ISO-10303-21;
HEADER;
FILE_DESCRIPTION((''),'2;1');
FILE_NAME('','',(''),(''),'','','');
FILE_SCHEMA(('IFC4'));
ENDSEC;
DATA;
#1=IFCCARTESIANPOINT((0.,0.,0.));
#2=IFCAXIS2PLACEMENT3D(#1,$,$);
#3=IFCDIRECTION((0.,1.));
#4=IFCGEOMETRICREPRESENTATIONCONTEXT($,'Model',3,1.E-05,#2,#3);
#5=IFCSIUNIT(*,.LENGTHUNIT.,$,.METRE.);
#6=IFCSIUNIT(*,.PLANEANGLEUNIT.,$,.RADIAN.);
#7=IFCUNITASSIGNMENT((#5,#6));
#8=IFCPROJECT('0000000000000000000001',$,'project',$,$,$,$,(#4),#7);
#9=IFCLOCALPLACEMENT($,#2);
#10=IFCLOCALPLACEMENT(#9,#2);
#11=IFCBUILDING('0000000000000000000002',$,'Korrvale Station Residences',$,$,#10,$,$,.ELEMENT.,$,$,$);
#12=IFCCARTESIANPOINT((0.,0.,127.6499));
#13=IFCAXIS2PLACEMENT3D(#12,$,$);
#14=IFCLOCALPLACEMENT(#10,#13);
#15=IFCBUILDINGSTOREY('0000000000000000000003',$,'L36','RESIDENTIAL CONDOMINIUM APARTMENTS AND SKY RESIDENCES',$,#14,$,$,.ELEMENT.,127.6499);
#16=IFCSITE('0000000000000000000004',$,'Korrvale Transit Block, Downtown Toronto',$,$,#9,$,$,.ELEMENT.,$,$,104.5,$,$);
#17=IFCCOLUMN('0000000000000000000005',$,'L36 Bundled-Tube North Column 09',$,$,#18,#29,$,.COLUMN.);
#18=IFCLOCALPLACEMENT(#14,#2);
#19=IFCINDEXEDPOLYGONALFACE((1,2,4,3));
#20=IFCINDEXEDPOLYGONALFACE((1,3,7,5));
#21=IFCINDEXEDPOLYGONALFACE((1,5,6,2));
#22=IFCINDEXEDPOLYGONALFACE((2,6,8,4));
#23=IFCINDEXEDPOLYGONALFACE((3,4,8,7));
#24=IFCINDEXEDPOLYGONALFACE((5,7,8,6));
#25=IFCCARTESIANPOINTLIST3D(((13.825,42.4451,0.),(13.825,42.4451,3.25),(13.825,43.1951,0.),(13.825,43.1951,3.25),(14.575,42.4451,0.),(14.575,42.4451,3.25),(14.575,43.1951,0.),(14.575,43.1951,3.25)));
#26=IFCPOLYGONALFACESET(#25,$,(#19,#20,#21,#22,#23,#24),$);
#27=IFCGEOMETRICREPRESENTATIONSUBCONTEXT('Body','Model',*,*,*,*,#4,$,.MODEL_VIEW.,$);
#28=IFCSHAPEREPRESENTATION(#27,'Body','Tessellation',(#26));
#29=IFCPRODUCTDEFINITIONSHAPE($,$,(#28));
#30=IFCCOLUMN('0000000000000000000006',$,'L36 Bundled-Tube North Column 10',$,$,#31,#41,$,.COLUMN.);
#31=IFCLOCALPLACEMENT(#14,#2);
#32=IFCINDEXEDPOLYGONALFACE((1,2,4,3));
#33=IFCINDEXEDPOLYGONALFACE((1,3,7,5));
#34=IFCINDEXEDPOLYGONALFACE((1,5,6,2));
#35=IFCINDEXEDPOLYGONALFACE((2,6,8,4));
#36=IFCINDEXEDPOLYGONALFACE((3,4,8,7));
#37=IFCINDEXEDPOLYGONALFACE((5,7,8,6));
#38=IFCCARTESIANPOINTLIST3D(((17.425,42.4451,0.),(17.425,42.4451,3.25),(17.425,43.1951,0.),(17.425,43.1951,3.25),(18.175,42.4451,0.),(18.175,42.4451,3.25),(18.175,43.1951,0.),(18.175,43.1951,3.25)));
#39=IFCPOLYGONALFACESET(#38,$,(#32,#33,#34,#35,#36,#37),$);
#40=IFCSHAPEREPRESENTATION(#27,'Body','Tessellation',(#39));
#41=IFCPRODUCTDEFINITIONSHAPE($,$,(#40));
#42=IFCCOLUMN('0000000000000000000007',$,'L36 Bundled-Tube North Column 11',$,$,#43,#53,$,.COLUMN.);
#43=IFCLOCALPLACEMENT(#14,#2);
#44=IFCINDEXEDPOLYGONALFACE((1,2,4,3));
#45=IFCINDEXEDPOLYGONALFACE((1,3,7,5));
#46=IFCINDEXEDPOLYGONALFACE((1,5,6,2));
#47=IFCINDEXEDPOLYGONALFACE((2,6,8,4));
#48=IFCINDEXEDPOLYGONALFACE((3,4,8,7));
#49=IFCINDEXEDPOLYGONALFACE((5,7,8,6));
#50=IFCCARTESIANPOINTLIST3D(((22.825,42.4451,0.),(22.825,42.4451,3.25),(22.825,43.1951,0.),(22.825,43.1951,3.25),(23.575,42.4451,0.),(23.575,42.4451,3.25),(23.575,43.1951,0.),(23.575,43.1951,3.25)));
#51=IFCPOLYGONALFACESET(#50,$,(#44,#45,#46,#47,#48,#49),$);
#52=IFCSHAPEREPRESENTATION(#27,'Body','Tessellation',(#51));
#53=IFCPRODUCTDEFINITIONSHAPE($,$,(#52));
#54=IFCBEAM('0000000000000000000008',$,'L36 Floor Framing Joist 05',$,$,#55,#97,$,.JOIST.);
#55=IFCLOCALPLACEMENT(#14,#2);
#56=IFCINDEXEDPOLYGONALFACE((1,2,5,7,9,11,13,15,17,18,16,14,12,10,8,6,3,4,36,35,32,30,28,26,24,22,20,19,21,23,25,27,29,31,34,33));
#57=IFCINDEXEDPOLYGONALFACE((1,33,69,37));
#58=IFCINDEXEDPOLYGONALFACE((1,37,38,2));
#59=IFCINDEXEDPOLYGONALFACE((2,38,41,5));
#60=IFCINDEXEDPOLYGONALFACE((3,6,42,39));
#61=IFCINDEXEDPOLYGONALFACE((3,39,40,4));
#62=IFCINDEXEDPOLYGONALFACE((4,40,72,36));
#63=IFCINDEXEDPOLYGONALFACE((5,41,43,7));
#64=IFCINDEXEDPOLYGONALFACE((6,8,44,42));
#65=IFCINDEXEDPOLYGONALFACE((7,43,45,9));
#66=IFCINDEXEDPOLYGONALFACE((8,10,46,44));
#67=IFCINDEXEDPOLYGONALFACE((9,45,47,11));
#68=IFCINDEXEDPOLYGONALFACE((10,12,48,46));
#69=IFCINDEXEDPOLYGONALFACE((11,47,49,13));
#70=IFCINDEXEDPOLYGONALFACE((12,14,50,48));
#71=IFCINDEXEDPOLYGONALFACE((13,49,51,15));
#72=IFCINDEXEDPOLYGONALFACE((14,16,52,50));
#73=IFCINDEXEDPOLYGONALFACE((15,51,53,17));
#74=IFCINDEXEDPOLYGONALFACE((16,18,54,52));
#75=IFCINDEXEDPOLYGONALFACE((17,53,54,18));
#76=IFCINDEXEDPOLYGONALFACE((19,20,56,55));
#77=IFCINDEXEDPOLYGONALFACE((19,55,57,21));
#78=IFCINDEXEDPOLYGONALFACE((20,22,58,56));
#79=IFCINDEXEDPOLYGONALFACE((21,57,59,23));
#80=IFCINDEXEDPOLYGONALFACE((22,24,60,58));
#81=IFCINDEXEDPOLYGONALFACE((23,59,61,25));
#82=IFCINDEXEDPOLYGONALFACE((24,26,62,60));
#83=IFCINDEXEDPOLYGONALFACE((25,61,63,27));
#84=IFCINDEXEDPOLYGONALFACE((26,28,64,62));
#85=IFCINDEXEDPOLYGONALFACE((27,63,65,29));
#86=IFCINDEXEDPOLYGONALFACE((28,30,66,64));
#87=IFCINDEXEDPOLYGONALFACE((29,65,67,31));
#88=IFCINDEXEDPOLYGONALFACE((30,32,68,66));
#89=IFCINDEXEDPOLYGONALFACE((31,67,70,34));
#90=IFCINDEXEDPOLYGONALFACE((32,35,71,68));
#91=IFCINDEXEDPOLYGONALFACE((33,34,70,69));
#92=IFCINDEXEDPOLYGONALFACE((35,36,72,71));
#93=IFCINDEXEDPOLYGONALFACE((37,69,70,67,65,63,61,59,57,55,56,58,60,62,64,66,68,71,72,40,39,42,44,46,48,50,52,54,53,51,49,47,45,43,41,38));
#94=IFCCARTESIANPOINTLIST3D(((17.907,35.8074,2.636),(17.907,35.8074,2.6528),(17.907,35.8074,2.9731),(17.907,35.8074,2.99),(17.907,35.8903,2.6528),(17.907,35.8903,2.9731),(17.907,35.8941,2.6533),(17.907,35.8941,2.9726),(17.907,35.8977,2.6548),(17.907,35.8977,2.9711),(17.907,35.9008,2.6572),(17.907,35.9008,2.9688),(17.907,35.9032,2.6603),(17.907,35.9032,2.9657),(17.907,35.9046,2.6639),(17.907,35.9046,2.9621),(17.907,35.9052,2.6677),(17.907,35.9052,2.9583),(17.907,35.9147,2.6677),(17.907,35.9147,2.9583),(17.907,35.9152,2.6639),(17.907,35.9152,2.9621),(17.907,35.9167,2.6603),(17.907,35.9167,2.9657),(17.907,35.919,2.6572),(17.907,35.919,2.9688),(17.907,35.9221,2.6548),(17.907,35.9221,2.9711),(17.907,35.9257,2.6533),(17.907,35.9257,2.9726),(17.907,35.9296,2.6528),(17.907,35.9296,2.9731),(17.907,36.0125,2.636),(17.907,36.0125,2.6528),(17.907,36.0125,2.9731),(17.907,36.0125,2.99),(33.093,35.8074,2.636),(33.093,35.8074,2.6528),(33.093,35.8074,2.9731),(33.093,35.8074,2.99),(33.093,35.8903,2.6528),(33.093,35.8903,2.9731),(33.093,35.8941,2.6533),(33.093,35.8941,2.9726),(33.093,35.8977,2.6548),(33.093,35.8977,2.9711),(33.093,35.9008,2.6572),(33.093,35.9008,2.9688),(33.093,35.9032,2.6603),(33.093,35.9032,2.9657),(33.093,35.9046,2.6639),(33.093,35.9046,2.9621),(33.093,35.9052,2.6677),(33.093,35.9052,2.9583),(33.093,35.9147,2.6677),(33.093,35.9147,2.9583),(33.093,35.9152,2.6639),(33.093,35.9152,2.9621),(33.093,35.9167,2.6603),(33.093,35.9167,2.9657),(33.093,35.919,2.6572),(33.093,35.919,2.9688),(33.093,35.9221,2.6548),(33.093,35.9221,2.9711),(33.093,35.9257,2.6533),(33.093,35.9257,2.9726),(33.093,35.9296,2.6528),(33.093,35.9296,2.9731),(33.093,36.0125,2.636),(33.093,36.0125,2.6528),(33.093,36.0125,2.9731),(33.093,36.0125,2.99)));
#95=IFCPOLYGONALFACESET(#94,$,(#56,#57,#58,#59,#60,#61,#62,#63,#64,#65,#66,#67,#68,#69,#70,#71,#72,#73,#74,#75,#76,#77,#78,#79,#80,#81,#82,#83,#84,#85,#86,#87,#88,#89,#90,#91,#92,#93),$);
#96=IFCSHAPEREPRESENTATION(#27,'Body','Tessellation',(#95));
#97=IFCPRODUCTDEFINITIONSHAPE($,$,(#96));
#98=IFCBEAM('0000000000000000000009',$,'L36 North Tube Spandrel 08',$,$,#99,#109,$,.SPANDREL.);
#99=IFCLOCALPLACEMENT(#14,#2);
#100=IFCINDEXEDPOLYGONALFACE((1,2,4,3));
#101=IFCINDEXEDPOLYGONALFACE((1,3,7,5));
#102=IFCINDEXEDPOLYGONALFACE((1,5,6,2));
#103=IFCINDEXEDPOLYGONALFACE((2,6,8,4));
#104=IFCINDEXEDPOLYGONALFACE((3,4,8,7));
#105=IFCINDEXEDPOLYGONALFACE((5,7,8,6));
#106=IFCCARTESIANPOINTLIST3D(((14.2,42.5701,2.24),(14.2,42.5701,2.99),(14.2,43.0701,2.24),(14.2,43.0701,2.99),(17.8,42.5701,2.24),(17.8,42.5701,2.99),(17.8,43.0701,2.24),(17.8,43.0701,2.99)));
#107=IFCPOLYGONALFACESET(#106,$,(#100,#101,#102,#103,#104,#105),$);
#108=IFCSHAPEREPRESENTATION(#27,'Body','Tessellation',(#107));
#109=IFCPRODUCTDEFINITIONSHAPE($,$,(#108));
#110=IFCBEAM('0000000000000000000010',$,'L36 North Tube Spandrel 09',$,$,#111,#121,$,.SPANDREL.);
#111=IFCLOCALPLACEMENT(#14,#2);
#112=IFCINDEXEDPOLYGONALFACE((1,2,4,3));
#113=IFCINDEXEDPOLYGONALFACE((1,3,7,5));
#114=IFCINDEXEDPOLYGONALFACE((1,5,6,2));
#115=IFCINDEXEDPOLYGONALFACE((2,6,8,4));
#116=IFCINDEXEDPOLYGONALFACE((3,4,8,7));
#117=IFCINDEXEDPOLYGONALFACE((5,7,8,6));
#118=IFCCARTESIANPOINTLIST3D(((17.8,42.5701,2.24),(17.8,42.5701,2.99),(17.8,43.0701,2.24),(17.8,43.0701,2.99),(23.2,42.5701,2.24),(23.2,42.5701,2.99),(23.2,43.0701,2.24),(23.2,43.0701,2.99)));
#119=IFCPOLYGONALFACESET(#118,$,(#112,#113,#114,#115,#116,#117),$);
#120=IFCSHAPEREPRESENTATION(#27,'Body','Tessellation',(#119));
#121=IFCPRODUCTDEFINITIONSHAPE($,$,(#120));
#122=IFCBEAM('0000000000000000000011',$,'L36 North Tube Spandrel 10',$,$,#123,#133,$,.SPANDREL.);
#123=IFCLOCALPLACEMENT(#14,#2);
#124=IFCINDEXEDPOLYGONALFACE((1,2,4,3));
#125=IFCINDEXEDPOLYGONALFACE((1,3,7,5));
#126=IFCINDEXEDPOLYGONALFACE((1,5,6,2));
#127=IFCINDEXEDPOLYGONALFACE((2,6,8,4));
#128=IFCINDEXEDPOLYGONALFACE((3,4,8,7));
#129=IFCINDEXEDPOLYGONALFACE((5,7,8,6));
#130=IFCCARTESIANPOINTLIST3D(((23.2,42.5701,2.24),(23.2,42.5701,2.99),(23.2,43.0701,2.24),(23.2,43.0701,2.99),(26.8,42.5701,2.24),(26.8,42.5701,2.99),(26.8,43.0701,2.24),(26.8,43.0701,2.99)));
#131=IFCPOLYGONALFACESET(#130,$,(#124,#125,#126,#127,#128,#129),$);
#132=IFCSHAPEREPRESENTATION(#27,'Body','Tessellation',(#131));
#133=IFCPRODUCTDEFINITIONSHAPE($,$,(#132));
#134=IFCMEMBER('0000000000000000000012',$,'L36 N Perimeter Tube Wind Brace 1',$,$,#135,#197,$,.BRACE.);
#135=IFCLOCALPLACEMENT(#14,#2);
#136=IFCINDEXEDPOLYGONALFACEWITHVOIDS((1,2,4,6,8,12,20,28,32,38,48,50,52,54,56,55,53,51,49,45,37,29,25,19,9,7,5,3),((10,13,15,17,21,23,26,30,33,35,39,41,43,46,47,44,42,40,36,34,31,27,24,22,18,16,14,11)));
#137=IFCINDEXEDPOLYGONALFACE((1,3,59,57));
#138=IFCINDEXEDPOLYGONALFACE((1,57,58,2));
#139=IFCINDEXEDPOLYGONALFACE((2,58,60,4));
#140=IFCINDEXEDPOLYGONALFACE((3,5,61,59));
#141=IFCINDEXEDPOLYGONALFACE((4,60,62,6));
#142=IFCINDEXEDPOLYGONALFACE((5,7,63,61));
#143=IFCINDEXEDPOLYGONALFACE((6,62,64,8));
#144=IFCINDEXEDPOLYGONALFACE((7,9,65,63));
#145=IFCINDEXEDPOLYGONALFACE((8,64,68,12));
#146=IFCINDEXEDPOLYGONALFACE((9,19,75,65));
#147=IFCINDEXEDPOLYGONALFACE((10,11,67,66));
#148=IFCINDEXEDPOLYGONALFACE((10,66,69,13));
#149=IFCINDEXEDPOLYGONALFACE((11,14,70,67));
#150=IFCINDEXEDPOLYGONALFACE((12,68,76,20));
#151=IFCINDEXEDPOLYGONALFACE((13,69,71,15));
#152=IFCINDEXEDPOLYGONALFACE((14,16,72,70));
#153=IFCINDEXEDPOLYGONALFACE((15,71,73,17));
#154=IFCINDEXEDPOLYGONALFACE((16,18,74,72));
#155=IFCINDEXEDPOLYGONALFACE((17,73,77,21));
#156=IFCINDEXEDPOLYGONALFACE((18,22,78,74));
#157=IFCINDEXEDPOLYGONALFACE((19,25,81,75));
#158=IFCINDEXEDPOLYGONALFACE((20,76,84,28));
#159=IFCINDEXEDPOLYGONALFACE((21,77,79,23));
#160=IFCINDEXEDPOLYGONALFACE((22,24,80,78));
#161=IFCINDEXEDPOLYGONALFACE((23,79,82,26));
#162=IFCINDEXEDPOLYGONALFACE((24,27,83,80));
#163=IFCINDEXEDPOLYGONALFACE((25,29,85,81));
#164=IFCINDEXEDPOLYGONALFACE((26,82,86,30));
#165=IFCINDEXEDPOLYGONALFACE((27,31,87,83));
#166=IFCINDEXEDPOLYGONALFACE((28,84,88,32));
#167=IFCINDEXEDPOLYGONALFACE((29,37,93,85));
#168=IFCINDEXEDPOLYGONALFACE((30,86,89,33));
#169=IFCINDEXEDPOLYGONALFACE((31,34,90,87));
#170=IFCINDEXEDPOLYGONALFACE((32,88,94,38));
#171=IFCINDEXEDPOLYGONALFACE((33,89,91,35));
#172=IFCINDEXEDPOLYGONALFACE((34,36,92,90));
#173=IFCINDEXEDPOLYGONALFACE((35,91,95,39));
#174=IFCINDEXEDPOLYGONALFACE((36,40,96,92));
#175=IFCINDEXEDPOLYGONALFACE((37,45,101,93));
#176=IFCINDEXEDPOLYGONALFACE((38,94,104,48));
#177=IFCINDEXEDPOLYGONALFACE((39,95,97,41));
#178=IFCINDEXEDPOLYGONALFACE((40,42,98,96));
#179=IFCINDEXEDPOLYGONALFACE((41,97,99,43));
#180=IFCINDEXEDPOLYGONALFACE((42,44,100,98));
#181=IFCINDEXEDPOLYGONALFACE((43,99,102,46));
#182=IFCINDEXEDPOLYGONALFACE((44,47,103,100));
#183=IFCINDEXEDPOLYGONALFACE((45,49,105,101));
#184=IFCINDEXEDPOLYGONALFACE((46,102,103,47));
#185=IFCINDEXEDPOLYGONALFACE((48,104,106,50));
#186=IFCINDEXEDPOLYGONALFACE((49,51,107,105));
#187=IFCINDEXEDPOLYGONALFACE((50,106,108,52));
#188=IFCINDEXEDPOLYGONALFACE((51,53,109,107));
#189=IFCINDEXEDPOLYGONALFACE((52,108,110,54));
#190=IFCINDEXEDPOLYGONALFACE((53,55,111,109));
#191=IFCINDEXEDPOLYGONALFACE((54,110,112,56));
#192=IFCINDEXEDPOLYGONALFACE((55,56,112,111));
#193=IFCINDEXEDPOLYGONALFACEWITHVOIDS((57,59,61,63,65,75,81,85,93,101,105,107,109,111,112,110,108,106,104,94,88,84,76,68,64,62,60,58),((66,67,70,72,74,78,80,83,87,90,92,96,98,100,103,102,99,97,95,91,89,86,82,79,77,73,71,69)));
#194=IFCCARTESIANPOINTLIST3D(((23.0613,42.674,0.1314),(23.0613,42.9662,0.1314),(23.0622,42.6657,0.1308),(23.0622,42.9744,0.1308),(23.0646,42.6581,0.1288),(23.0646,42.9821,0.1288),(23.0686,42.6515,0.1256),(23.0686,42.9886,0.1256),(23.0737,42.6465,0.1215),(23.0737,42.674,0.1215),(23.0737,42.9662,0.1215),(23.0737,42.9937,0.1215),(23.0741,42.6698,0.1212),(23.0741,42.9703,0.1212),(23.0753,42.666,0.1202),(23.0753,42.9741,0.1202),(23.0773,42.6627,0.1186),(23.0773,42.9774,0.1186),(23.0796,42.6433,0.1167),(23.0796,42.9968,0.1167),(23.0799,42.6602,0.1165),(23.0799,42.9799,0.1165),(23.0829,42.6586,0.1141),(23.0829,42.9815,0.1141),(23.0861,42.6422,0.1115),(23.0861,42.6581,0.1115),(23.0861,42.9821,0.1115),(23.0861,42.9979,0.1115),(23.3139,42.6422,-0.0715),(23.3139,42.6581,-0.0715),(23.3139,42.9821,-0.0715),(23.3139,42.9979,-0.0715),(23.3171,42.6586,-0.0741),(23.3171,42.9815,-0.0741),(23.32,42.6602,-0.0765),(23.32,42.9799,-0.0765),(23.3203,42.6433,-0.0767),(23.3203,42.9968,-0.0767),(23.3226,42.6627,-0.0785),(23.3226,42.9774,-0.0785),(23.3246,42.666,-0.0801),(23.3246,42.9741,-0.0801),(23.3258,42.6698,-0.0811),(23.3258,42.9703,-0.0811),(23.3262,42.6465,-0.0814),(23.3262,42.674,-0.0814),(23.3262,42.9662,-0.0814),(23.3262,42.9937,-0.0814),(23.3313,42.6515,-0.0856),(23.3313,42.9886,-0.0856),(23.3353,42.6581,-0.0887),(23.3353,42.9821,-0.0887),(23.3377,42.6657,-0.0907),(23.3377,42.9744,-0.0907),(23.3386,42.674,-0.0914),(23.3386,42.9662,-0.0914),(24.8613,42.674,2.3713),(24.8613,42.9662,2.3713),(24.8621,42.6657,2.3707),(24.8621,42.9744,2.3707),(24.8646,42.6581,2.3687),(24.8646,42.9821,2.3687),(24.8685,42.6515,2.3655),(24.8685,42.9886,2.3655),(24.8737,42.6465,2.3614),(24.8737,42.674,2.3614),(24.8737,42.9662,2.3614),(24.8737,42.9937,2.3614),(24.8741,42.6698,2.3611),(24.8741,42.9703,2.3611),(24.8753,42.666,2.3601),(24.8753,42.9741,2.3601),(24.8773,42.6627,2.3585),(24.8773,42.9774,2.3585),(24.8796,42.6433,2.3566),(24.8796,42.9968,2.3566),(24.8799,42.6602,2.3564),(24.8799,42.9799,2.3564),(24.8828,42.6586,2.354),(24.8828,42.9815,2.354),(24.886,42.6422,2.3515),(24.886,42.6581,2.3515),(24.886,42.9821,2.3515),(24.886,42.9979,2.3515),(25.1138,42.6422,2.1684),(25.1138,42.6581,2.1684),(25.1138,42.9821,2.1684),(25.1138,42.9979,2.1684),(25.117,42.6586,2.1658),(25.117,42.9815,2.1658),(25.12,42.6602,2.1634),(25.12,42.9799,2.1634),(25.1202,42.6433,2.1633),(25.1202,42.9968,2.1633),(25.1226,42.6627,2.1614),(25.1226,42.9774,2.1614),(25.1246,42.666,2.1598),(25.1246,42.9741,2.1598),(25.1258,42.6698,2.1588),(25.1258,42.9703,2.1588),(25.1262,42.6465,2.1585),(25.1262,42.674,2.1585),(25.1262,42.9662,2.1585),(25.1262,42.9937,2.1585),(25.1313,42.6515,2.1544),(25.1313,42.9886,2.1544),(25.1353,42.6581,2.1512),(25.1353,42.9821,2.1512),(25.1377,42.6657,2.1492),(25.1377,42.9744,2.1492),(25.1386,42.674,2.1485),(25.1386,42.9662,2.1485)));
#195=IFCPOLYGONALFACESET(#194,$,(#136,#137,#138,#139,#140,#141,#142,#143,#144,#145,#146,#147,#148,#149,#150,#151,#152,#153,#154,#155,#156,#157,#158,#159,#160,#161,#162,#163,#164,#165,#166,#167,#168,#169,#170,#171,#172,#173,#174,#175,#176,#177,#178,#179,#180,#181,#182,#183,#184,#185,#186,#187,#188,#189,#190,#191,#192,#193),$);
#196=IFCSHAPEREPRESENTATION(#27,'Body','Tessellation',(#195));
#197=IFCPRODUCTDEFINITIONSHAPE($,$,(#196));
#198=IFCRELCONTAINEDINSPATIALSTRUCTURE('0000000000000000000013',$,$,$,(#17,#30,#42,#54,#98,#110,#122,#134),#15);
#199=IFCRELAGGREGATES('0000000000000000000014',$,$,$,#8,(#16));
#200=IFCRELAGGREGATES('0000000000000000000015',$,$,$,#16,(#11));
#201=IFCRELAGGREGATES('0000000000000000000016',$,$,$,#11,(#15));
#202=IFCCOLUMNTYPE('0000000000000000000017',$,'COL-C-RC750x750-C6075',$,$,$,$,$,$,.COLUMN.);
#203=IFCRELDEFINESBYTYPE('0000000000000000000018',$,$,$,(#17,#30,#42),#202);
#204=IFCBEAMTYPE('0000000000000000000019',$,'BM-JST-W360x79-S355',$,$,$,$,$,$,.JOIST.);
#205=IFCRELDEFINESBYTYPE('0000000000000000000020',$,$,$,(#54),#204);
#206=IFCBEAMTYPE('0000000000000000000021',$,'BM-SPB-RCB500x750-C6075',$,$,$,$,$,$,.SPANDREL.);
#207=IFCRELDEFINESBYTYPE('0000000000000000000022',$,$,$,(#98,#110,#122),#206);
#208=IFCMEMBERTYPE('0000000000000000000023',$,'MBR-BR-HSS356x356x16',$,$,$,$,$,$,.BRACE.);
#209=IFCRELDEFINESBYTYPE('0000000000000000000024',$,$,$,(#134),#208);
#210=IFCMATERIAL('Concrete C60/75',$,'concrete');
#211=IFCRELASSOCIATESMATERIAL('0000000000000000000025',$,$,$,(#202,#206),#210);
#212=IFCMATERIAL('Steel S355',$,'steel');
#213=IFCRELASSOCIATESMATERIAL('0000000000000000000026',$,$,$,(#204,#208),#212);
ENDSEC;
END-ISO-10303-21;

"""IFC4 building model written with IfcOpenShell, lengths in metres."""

from ifc_helpers import new_model, si_unit, direction, frame, origin, origin_2d, place, context, subcontext, project, spatial, rectangle, hollow_rectangle, i_section, extrude, material, material_profile, profile_set, type_object, element, save


model = new_model("IFC4")

# Units and contexts
model_context = context("Model", 3, precision=1e-05, world=origin(), true_north=direction((0.0, 1.0)))
body_context = subcontext(model_context, "Body", "Model", "MODEL_VIEW")
ifc_project = project(units=[si_unit("LENGTHUNIT", "METRE"), si_unit("PLANEANGLEUNIT", "RADIAN")], contexts=[model_context])

# Site, building, storey
site_placement = place(None, origin())
site = spatial("IfcSite", under=ifc_project, at=site_placement, Name="Korrvale Transit Block, Downtown Toronto", CompositionType="ELEMENT", RefElevation=104.5)
building_placement = place(site_placement, origin())
building = spatial("IfcBuilding", under=site, at=building_placement, Name="Korrvale Station Residences", CompositionType="ELEMENT")
storey_placement = place(building_placement, frame((0.0, 0.0, 127.6499)))
storey = spatial("IfcBuildingStorey", under=building, at=storey_placement, Name="L36", Description="RESIDENTIAL CONDOMINIUM APARTMENTS AND SKY RESIDENCES", CompositionType="ELEMENT", Elevation=127.6499)

# Columns
ifc_material_1 = material(Name="Concrete C60/75", Category="concrete")
ifc_material_profile_1 = material_profile(ifc_material_1, rectangle(XDim=0.75, YDim=0.75, at=origin_2d()), Name="RC750x750")
ifc_profile_set_1 = profile_set([ifc_material_profile_1], Name="Concrete C60/75")
column_type = type_object("IfcColumnType", Name="COL-C-RC750x750-C6075", PredefinedType="COLUMN", material=ifc_profile_set_1)
for number, where, z_axis, x_axis, name in (
    (1, (14.2, 42.8201, 0.0), (0.0, 0.0, 1.0), (1.0, 0.0, 0.0), "L36 Bundled-Tube North Column 09"),
    (2, (17.8, 42.8201, 0.0), (0.0, 0.0, 1.0), (1.0, 0.0, 0.0), "L36 Bundled-Tube North Column 10"),
    (3, (23.2, 42.8201, 0.0), (0.0, 0.0, 1.0), (1.0, 0.0, 0.0), "L36 Bundled-Tube North Column 11"),
):
    element("IfcColumn", number, at=place(storey_placement, frame(where, z_axis=z_axis, x_axis=x_axis)), inside=storey, type_object=column_type, Name=name, PredefinedType="COLUMN", context=body_context, shape_type="SweptSolid", body=[
        extrude(rectangle(XDim=0.75, YDim=0.75, at=origin_2d()), origin(), (0.0, 0.0, 1.0), 3.25),
    ])

# Beams
ifc_material_2 = material(Name="Steel S355", Category="steel")
ifc_material_profile_2 = material_profile(ifc_material_2, i_section(OverallWidth=0.2051, OverallDepth=0.354, WebThickness=0.0095, FlangeThickness=0.0168, FilletRadius=0.0149, at=origin_2d()), Name="W360x79")
ifc_profile_set_2 = profile_set([ifc_material_profile_2], Name="Steel S355")
beam_type_1 = type_object("IfcBeamType", Name="BM-JST-W360x79-S355", PredefinedType="JOIST", material=ifc_profile_set_2)
beam_1_placement = place(storey_placement, frame((17.907, 35.9099, 2.813), z_axis=(1.0, 0.0, 0.0), x_axis=(0.0, 1.0, 0.0)))
element("IfcBeam", 4, at=beam_1_placement, inside=storey, type_object=beam_type_1, Name="L36 Floor Framing Joist 05", PredefinedType="JOIST", context=body_context, shape_type="SweptSolid", body=[
    extrude(i_section(OverallWidth=0.2051, OverallDepth=0.354, WebThickness=0.0095, FlangeThickness=0.0168, FilletRadius=0.0149, at=origin_2d()), origin(), (0.0, 0.0, 1.0), 15.186),
])
ifc_material_profile_3 = material_profile(ifc_material_1, rectangle(XDim=0.5, YDim=0.75, at=origin_2d()), Name="RCB500x750")
ifc_profile_set_3 = profile_set([ifc_material_profile_3], Name="Concrete C60/75")
beam_type_2 = type_object("IfcBeamType", Name="BM-SPB-RCB500x750-C6075", PredefinedType="SPANDREL", material=ifc_profile_set_3)
beam_2_placement = place(storey_placement, frame((14.2, 42.8201, 2.615), z_axis=(1.0, 0.0, 0.0), x_axis=(0.0, 1.0, 0.0)))
element("IfcBeam", 5, at=beam_2_placement, inside=storey, type_object=beam_type_2, Name="L36 North Tube Spandrel 08", PredefinedType="SPANDREL", context=body_context, shape_type="SweptSolid", body=[
    extrude(rectangle(XDim=0.5, YDim=0.75, at=origin_2d()), origin(), (0.0, 0.0, 1.0), 3.6001),
])
beam_3_placement = place(storey_placement, frame((17.8, 42.8201, 2.615), z_axis=(1.0, 0.0, 0.0), x_axis=(0.0, 1.0, 0.0)))
element("IfcBeam", 6, at=beam_3_placement, inside=storey, type_object=beam_type_2, Name="L36 North Tube Spandrel 09", PredefinedType="SPANDREL", context=body_context, shape_type="SweptSolid", body=[
    extrude(rectangle(XDim=0.5, YDim=0.75, at=origin_2d()), origin(), (0.0, 0.0, 1.0), 5.3999),
])
beam_4_placement = place(storey_placement, frame((23.2, 42.8201, 2.615), z_axis=(1.0, 0.0, 0.0), x_axis=(0.0, 1.0, 0.0)))
element("IfcBeam", 7, at=beam_4_placement, inside=storey, type_object=beam_type_2, Name="L36 North Tube Spandrel 10", PredefinedType="SPANDREL", context=body_context, shape_type="SweptSolid", body=[
    extrude(rectangle(XDim=0.5, YDim=0.75, at=origin_2d()), origin(), (0.0, 0.0, 1.0), 3.6001),
])

# Member
ifc_material_profile_4 = material_profile(ifc_material_2, hollow_rectangle(XDim=0.3557, YDim=0.3557, WallThickness=0.0159, InnerFilletRadius=0.0159, OuterFilletRadius=0.0317, at=origin_2d()), Name="HSS356x356x16")
ifc_profile_set_4 = profile_set([ifc_material_profile_4], Name="Steel S355")
member_type = type_object("IfcMemberType", Name="MBR-BR-HSS356x356x16", PredefinedType="BRACE", material=ifc_profile_set_4)
member_placement = place(storey_placement, frame((23.2, 42.8201, 0.02), z_axis=(0.626403, 0.0, 0.779499), x_axis=(0.0, 1.0, 0.0)))
element("IfcMember", 8, at=member_placement, inside=storey, type_object=member_type, Name="L36 N Perimeter Tube Wind Brace 1", PredefinedType="BRACE", context=body_context, shape_type="SweptSolid", body=[
    extrude(hollow_rectangle(XDim=0.3557, YDim=0.3557, WallThickness=0.0159, InnerFilletRadius=0.0159, OuterFilletRadius=0.0317, at=origin_2d()), origin(), (0.0, 0.0, 1.0), 2.8735),
])

save(model, "model.ifc")
